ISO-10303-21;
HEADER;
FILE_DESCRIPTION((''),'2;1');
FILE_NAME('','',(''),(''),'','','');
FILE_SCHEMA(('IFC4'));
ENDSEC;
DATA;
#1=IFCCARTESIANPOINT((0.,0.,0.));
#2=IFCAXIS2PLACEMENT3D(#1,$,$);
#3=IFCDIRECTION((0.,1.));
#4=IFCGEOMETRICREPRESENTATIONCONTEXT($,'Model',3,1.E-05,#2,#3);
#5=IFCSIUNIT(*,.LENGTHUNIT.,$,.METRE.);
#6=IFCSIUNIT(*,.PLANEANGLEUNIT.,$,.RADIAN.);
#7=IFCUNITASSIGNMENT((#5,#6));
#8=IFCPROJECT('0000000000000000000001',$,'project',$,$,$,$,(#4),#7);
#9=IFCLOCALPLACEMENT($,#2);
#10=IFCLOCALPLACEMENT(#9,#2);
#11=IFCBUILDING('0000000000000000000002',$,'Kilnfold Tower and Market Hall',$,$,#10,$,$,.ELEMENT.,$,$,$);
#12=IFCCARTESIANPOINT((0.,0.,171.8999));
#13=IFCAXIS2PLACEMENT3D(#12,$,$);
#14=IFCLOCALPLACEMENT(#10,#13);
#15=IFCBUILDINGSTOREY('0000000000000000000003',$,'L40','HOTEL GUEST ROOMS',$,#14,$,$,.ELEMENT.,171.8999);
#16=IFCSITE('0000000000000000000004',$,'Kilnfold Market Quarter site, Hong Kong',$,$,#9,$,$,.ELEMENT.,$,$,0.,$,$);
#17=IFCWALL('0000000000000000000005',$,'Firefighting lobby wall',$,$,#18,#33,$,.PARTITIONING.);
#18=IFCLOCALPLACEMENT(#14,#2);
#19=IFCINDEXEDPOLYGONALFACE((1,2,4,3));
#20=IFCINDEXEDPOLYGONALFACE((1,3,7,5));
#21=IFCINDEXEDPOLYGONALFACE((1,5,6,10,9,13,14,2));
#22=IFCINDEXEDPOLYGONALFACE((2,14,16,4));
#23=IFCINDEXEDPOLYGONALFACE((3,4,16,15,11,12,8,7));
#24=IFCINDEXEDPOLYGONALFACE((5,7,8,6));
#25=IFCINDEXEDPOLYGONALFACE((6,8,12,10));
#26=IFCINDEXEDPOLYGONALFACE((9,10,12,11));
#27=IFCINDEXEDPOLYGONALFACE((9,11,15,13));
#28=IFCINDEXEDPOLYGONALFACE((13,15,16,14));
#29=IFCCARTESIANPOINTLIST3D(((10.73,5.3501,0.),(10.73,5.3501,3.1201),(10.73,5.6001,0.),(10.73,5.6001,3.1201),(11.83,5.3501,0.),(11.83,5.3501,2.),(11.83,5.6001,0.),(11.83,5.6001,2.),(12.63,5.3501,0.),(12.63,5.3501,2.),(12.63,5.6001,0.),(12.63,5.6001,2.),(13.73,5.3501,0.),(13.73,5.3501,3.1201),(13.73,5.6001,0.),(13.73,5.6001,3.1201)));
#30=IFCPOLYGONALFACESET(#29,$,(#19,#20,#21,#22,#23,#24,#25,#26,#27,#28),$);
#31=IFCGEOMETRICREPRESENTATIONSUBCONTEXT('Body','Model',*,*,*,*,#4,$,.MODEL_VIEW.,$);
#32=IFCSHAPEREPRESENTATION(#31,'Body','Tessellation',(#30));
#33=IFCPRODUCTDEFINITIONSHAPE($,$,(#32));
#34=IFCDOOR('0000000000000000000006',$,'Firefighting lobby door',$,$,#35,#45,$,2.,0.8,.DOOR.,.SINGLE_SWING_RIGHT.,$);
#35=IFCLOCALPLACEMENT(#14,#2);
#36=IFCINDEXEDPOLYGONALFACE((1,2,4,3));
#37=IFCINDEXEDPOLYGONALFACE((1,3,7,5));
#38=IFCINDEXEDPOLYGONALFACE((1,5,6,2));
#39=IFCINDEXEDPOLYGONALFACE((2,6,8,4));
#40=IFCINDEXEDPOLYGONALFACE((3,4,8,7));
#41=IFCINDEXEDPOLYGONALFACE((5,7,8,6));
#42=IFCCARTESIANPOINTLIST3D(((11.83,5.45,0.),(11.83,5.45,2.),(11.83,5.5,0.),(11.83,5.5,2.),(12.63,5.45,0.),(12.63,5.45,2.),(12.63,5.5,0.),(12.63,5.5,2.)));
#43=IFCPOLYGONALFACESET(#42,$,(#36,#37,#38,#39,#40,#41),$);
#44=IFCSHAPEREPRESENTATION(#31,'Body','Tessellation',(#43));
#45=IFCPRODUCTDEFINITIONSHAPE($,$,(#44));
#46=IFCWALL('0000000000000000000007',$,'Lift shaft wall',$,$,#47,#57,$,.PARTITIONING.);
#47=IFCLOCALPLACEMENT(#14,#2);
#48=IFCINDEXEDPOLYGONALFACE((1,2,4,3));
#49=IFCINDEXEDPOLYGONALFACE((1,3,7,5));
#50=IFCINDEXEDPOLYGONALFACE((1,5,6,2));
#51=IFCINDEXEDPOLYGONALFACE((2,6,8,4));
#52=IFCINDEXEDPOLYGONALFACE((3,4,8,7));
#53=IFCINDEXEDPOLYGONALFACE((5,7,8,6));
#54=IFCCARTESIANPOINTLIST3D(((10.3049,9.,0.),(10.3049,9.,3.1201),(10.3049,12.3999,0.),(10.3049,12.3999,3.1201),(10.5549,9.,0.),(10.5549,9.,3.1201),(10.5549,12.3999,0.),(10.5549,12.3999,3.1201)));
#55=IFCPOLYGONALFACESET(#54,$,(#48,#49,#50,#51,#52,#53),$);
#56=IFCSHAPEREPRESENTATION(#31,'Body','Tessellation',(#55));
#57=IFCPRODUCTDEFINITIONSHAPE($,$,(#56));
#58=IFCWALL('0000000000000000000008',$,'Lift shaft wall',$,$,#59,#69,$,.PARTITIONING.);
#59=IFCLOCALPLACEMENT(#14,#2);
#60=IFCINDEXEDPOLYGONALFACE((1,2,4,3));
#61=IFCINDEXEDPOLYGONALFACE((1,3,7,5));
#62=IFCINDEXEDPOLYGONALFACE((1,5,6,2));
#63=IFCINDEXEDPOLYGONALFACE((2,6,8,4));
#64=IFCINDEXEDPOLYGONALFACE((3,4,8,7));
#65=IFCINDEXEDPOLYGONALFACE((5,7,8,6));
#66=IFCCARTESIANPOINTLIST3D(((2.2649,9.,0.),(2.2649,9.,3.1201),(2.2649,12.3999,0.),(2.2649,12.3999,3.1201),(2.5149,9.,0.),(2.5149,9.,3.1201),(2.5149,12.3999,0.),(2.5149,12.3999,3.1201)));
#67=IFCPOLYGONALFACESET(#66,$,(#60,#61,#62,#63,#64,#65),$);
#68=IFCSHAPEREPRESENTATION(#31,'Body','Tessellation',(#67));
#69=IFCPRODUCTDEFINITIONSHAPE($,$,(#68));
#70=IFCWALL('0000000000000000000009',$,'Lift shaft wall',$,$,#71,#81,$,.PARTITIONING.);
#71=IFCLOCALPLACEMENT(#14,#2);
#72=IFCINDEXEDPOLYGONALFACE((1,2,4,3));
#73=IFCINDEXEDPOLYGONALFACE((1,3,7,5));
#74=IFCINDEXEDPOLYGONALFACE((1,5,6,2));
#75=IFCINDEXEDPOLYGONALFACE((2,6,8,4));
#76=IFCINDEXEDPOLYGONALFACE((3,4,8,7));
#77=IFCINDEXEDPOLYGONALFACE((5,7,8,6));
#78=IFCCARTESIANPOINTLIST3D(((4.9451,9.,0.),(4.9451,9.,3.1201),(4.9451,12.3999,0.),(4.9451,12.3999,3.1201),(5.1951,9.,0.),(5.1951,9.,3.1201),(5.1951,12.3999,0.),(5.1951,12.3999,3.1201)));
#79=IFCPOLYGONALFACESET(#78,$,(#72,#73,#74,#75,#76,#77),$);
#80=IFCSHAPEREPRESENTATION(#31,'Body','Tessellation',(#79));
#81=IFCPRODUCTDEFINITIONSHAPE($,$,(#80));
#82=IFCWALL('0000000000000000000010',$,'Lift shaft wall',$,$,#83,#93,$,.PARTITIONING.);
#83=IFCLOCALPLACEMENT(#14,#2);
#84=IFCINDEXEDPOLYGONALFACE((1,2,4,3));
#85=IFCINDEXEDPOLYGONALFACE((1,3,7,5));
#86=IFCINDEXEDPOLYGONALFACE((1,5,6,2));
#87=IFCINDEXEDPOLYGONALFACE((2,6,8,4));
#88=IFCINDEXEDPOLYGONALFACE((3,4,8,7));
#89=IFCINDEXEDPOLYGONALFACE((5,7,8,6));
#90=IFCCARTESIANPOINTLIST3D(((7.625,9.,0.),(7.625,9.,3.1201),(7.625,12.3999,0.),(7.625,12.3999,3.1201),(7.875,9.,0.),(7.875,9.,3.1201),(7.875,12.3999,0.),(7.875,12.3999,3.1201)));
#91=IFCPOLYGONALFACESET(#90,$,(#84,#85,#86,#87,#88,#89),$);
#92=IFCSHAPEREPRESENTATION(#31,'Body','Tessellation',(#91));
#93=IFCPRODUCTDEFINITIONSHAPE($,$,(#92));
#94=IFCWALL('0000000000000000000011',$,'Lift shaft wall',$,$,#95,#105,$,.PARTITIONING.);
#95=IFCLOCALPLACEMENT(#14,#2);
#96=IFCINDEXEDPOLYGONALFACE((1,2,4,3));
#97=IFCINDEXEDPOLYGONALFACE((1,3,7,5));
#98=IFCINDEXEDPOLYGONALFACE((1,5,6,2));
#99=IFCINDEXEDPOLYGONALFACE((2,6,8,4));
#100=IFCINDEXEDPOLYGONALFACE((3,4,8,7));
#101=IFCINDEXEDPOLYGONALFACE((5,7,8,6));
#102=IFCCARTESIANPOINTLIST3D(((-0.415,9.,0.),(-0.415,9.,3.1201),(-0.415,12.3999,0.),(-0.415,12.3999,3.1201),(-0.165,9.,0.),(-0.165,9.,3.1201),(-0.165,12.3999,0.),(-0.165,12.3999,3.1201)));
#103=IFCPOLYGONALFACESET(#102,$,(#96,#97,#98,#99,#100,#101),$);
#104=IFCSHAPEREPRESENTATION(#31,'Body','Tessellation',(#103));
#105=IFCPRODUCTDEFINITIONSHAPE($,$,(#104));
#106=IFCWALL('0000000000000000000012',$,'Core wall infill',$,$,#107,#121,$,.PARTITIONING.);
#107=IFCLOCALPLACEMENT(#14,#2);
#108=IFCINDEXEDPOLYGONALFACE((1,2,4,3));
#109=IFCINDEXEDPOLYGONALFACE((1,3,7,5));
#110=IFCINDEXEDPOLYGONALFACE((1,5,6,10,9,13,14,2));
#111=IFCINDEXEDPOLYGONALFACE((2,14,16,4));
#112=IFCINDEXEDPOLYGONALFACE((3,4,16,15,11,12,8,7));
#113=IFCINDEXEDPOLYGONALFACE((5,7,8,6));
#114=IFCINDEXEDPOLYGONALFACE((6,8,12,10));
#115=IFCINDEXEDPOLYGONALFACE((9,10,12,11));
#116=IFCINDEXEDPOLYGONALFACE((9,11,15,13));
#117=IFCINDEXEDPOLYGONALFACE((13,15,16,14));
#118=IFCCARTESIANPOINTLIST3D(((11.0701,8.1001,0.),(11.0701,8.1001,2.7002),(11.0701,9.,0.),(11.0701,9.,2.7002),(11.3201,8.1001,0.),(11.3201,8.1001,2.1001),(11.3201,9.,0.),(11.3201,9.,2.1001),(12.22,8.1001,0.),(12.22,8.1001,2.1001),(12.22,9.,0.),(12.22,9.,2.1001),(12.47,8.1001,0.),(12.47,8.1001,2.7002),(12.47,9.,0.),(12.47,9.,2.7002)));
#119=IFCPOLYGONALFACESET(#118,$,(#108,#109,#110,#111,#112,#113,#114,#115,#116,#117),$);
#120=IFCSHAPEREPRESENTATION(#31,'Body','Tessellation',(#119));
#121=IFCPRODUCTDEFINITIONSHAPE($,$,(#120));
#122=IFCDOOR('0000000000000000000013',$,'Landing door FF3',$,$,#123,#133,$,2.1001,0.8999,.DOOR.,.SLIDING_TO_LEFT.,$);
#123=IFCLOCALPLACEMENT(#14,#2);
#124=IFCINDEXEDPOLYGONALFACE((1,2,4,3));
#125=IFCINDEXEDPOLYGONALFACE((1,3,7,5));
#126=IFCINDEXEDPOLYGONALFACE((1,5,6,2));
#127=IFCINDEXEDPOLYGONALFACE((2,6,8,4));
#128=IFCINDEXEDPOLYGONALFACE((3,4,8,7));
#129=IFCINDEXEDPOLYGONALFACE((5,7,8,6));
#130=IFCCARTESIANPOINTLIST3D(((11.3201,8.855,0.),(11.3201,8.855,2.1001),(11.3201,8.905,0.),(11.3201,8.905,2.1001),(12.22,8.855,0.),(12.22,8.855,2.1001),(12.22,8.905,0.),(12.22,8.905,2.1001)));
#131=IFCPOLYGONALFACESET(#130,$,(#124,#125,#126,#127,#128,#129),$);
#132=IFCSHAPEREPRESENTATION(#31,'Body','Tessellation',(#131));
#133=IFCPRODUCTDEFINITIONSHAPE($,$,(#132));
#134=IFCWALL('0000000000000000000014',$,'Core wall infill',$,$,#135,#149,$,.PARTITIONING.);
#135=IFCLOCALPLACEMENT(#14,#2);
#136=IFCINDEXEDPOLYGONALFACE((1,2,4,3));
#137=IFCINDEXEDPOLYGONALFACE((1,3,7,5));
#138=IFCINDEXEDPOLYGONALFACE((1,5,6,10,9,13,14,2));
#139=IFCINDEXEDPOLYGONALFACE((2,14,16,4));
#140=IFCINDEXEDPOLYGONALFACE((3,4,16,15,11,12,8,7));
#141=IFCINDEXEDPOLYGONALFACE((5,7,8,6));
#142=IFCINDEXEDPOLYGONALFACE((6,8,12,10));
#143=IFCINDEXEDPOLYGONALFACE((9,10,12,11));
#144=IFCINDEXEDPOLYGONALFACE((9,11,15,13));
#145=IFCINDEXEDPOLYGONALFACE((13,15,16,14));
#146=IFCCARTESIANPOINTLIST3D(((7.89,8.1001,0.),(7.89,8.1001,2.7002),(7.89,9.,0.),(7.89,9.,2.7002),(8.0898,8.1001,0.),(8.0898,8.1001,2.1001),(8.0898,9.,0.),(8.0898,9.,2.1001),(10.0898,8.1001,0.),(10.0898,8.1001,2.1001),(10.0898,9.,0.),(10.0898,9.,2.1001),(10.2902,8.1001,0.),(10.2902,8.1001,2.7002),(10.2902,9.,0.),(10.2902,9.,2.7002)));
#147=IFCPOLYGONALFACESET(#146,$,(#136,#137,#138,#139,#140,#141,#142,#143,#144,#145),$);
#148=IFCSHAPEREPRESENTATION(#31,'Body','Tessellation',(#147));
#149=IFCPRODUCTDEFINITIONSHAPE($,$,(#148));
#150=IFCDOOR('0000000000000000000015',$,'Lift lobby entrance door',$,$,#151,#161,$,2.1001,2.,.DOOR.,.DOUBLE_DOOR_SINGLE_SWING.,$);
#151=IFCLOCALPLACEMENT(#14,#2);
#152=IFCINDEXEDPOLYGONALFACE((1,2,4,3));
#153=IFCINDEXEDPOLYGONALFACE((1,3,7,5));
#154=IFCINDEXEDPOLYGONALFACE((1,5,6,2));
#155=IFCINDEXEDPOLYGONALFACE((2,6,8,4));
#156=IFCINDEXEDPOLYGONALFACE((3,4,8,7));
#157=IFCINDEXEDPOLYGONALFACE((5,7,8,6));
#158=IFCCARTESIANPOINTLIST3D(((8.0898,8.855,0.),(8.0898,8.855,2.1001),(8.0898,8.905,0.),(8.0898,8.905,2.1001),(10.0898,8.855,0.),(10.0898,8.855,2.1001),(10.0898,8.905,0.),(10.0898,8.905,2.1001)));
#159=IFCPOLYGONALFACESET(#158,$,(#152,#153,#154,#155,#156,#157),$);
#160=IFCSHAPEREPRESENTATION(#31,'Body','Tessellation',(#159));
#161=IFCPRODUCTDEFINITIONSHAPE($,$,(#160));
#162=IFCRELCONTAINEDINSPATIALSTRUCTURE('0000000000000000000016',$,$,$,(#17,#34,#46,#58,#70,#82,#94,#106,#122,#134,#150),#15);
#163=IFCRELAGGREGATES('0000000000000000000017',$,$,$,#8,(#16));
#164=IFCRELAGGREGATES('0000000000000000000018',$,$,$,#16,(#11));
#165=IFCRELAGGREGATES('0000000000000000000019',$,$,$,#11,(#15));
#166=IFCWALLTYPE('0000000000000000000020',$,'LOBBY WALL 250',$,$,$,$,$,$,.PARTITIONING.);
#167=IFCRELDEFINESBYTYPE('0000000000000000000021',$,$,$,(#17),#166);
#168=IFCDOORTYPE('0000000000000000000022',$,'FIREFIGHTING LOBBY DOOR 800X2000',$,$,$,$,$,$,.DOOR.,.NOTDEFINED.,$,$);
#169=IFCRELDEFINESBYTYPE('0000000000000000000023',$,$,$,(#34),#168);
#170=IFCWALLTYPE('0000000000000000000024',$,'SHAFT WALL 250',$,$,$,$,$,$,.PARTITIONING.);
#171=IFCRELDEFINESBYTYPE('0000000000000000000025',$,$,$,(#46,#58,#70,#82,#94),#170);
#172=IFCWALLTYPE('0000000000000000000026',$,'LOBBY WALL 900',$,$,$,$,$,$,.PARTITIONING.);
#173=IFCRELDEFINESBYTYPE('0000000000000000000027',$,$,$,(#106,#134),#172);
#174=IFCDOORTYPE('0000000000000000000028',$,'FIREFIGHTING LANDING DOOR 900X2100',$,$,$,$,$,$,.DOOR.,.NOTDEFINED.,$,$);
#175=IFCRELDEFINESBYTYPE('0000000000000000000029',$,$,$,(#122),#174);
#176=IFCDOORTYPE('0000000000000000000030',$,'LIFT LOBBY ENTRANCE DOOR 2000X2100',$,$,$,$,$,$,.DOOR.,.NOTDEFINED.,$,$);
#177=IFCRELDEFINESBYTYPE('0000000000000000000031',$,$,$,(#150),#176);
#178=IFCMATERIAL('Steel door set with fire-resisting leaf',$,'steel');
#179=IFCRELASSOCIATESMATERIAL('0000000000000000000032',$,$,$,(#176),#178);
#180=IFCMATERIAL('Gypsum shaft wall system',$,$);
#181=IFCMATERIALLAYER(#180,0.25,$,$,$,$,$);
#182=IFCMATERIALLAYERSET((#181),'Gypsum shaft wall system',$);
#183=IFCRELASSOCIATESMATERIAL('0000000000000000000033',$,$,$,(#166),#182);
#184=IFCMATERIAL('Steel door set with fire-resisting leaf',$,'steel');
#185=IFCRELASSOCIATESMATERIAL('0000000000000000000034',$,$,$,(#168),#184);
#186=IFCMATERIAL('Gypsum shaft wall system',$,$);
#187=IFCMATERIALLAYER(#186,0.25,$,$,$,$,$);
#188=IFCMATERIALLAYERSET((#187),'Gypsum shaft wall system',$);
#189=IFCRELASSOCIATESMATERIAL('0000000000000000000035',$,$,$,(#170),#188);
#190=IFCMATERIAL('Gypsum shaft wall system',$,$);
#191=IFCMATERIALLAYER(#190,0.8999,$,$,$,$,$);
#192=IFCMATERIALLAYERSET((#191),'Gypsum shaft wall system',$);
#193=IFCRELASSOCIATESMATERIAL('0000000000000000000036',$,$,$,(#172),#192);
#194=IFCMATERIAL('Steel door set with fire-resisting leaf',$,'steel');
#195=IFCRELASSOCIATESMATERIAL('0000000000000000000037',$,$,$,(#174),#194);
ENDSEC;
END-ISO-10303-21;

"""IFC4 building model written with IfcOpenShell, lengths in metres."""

from ifc_helpers import new_model, si_unit, direction, frame, frame_2d, origin, place, context, subcontext, project, spatial, rectangle, extrude, source, transform, mapped, material, layer, layer_set, type_object, element, fill, save


model = new_model("IFC4")

# Units and contexts
model_context = context("Model", 3, precision=1e-05, world=origin(), true_north=direction((0.0, 1.0)))
body_context = subcontext(model_context, "Body", "Model", "MODEL_VIEW")
ifc_project = project(units=[si_unit("LENGTHUNIT", "METRE"), si_unit("PLANEANGLEUNIT", "RADIAN")], contexts=[model_context])

# Site, building, storey
site_placement = place(None, origin())
site = spatial("IfcSite", under=ifc_project, at=site_placement, Name="Kilnfold Market Quarter site, Hong Kong", CompositionType="ELEMENT", RefElevation=0.0)
building_placement = place(site_placement, origin())
building = spatial("IfcBuilding", under=site, at=building_placement, Name="Kilnfold Tower and Market Hall", CompositionType="ELEMENT")
storey_placement = place(building_placement, frame((0.0, 0.0, 171.8999)))
storey = spatial("IfcBuildingStorey", under=building, at=storey_placement, Name="L40", Description="HOTEL GUEST ROOMS", CompositionType="ELEMENT", Elevation=171.8999)

# Shared definitions
ifc_material_1 = material(Name="Steel door set with fire-resisting leaf", Category="steel")
door_type_1 = type_object("IfcDoorType", Name="LIFT LOBBY ENTRANCE DOOR 2000X2100", OperationType="NOTDEFINED", PredefinedType="DOOR", material=ifc_material_1)

# Shared definitions
ifc_material_2 = material(Name="Gypsum shaft wall system")
ifc_layer_1 = layer(ifc_material_2, 0.25)
ifc_layer_set_1 = layer_set([ifc_layer_1], Name="Gypsum shaft wall system")
wall_type_1 = type_object("IfcWallType", Name="LOBBY WALL 250", PredefinedType="PARTITIONING", material=ifc_layer_set_1)

# Wall, opening, door
shared_shape_1 = source(origin(), body_context, "Body", "SweptSolid", [
    extrude(rectangle(XDim=3.0, YDim=0.25, at=frame_2d((1.5, 0.0))), origin(), (0.0, 0.0, 1.0), 3.1201),
])
wall_1_placement = place(storey_placement, frame((10.73, 5.4751, 0.0), z_axis=(0.0, 0.0, 1.0), x_axis=(1.0, 0.0, 0.0)))
wall_1 = element("IfcWall", 1, at=wall_1_placement, inside=storey, type_object=wall_type_1, Name="Firefighting lobby wall", PredefinedType="PARTITIONING", context=body_context, shape_type="MappedRepresentation", body=[
    mapped(shared_shape_1, transform((0.0, 0.0, 0.0))),
])
opening_1_placement = place(wall_1_placement, frame((1.1001, 0.0, 0.0)))
opening_1 = element("IfcOpeningElement", 2, at=opening_1_placement, cuts=wall_1, PredefinedType="OPENING", context=body_context, shape_type="SweptSolid", body=[
    extrude(rectangle(XDim=0.8, YDim=2.0, at=frame_2d((0.3999, 1.0))), frame((0.0, 0.135, 0.0), z_axis=(0.0, -1.0, 0.0), x_axis=(1.0, 0.0, 0.0)), (0.0, 0.0, 1.0), 0.27),
])
ifc_material_3 = material(Name="Steel door set with fire-resisting leaf", Category="steel")
door_type_2 = type_object("IfcDoorType", Name="FIREFIGHTING LOBBY DOOR 800X2000", OperationType="NOTDEFINED", PredefinedType="DOOR", material=ifc_material_3)
door_1_placement = place(opening_1_placement, origin())
door_1 = element("IfcDoor", 3, at=door_1_placement, inside=storey, type_object=door_type_2, Name="Firefighting lobby door", OperationType="SINGLE_SWING_RIGHT", OverallHeight=2.0, OverallWidth=0.8, PredefinedType="DOOR", context=body_context, shape_type="SweptSolid", body=[
    extrude(rectangle(XDim=0.8, YDim=2.0, at=frame_2d((0.3999, 1.0))), frame((0.0, 0.0249, 0.0), z_axis=(0.0, -1.0, 0.0), x_axis=(1.0, 0.0, 0.0)), (0.0, 0.0, 1.0), 0.05),
])
fill(opening_1, door_1)

# Walls
ifc_material_4 = material(Name="Gypsum shaft wall system")
ifc_layer_2 = layer(ifc_material_4, 0.25)
ifc_layer_set_2 = layer_set([ifc_layer_2], Name="Gypsum shaft wall system")
wall_type_2 = type_object("IfcWallType", Name="SHAFT WALL 250", PredefinedType="PARTITIONING", material=ifc_layer_set_2)
shared_shape_2 = source(origin(), body_context, "Body", "SweptSolid", [
    extrude(rectangle(XDim=3.3999, YDim=0.25, at=frame_2d((1.7, 0.0))), origin(), (0.0, 0.0, 1.0), 3.1201),
])
for number, where, z_axis, x_axis, name in (
    (4, (10.4299, 9.0, 0.0), (0.0, 0.0, 1.0), (0.0, 1.0, 0.0), "Lift shaft wall"),
    (5, (2.3899, 9.0, 0.0), (0.0, 0.0, 1.0), (0.0, 1.0, 0.0), "Lift shaft wall"),
    (6, (5.0701, 9.0, 0.0), (0.0, 0.0, 1.0), (0.0, 1.0, 0.0), "Lift shaft wall"),
    (7, (7.75, 9.0, 0.0), (0.0, 0.0, 1.0), (0.0, 1.0, 0.0), "Lift shaft wall"),
    (8, (-0.29, 9.0, 0.0), (0.0, 0.0, 1.0), (0.0, 1.0, 0.0), "Lift shaft wall"),
):
    element("IfcWall", number, at=place(storey_placement, frame(where, z_axis=z_axis, x_axis=x_axis)), inside=storey, type_object=wall_type_2, Name=name, PredefinedType="PARTITIONING", context=body_context, shape_type="MappedRepresentation", body=[
        mapped(shared_shape_2, transform((0.0, 0.0, 0.0))),
    ])

# Walls, openings, doors
ifc_material_5 = material(Name="Gypsum shaft wall system")
ifc_layer_3 = layer(ifc_material_5, 0.8999)
ifc_layer_set_3 = layer_set([ifc_layer_3], Name="Gypsum shaft wall system")
wall_type_3 = type_object("IfcWallType", Name="LOBBY WALL 900", PredefinedType="PARTITIONING", material=ifc_layer_set_3)
shared_shape_3 = source(origin(), body_context, "Body", "SweptSolid", [
    extrude(rectangle(XDim=1.3999, YDim=0.8999, at=frame_2d((0.7, 0.0))), origin(), (0.0, 0.0, 1.0), 2.7002),
])
wall_2_placement = place(storey_placement, frame((11.0701, 8.55, 0.0), z_axis=(0.0, 0.0, 1.0), x_axis=(1.0, 0.0, 0.0)))
wall_2 = element("IfcWall", 9, at=wall_2_placement, inside=storey, type_object=wall_type_3, Name="Core wall infill", PredefinedType="PARTITIONING", context=body_context, shape_type="MappedRepresentation", body=[
    mapped(shared_shape_3, transform((0.0, 0.0, 0.0))),
])
opening_2_placement = place(wall_2_placement, frame((0.25, 0.0, 0.0)))
opening_2 = element("IfcOpeningElement", 10, at=opening_2_placement, cuts=wall_2, PredefinedType="OPENING", context=body_context, shape_type="SweptSolid", body=[
    extrude(rectangle(XDim=0.8999, YDim=2.1001, at=frame_2d((0.45, 1.05))), frame((0.0, 0.46, 0.0), z_axis=(0.0, -1.0, 0.0), x_axis=(1.0, 0.0, 0.0)), (0.0, 0.0, 1.0), 0.9199),
])
ifc_material_6 = material(Name="Steel door set with fire-resisting leaf", Category="steel")
door_type_3 = type_object("IfcDoorType", Name="FIREFIGHTING LANDING DOOR 900X2100", OperationType="NOTDEFINED", PredefinedType="DOOR", material=ifc_material_6)
door_2_placement = place(opening_2_placement, origin())
door_2 = element("IfcDoor", 11, at=door_2_placement, inside=storey, type_object=door_type_3, Name="Landing door FF3", OperationType="SLIDING_TO_LEFT", OverallHeight=2.1001, OverallWidth=0.8999, PredefinedType="DOOR", context=body_context, shape_type="SweptSolid", body=[
    extrude(rectangle(XDim=0.8999, YDim=2.1001, at=frame_2d((0.45, 1.05))), frame((0.0, 0.355, 0.0), z_axis=(0.0, -1.0, 0.0), x_axis=(1.0, 0.0, 0.0)), (0.0, 0.0, 1.0), 0.05),
])
fill(opening_2, door_2)
shared_shape_4 = source(origin(), body_context, "Body", "SweptSolid", [
    extrude(rectangle(XDim=2.4001, YDim=0.8999, at=frame_2d((1.2002, 0.0))), origin(), (0.0, 0.0, 1.0), 2.7002),
])
wall_3_placement = place(storey_placement, frame((7.8899, 8.55, 0.0), z_axis=(0.0, 0.0, 1.0), x_axis=(1.0, 0.0, 0.0)))
wall_3 = element("IfcWall", 12, at=wall_3_placement, inside=storey, type_object=wall_type_3, Name="Core wall infill", PredefinedType="PARTITIONING", context=body_context, shape_type="MappedRepresentation", body=[
    mapped(shared_shape_4, transform((0.0, 0.0, 0.0))),
])
opening_3_placement = place(wall_3_placement, frame((0.2, 0.0, 0.0)))
opening_3 = element("IfcOpeningElement", 13, at=opening_3_placement, cuts=wall_3, PredefinedType="OPENING", context=body_context, shape_type="SweptSolid", body=[
    extrude(rectangle(XDim=2.0, YDim=2.1001, at=frame_2d((1.0, 1.05))), frame((0.0, 0.46, 0.0), z_axis=(0.0, -1.0, 0.0), x_axis=(1.0, 0.0, 0.0)), (0.0, 0.0, 1.0), 0.9199),
])
door_3_placement = place(opening_3_placement, origin())
door_3 = element("IfcDoor", 14, at=door_3_placement, inside=storey, type_object=door_type_1, Name="Lift lobby entrance door", OperationType="DOUBLE_DOOR_SINGLE_SWING", OverallHeight=2.1001, OverallWidth=2.0, PredefinedType="DOOR", context=body_context, shape_type="SweptSolid", body=[
    extrude(rectangle(XDim=2.0, YDim=2.1001, at=frame_2d((1.0, 1.05))), frame((0.0, 0.355, 0.0), z_axis=(0.0, -1.0, 0.0), x_axis=(1.0, 0.0, 0.0)), (0.0, 0.0, 1.0), 0.05),
])
fill(opening_3, door_3)

save(model, "model.ifc")
